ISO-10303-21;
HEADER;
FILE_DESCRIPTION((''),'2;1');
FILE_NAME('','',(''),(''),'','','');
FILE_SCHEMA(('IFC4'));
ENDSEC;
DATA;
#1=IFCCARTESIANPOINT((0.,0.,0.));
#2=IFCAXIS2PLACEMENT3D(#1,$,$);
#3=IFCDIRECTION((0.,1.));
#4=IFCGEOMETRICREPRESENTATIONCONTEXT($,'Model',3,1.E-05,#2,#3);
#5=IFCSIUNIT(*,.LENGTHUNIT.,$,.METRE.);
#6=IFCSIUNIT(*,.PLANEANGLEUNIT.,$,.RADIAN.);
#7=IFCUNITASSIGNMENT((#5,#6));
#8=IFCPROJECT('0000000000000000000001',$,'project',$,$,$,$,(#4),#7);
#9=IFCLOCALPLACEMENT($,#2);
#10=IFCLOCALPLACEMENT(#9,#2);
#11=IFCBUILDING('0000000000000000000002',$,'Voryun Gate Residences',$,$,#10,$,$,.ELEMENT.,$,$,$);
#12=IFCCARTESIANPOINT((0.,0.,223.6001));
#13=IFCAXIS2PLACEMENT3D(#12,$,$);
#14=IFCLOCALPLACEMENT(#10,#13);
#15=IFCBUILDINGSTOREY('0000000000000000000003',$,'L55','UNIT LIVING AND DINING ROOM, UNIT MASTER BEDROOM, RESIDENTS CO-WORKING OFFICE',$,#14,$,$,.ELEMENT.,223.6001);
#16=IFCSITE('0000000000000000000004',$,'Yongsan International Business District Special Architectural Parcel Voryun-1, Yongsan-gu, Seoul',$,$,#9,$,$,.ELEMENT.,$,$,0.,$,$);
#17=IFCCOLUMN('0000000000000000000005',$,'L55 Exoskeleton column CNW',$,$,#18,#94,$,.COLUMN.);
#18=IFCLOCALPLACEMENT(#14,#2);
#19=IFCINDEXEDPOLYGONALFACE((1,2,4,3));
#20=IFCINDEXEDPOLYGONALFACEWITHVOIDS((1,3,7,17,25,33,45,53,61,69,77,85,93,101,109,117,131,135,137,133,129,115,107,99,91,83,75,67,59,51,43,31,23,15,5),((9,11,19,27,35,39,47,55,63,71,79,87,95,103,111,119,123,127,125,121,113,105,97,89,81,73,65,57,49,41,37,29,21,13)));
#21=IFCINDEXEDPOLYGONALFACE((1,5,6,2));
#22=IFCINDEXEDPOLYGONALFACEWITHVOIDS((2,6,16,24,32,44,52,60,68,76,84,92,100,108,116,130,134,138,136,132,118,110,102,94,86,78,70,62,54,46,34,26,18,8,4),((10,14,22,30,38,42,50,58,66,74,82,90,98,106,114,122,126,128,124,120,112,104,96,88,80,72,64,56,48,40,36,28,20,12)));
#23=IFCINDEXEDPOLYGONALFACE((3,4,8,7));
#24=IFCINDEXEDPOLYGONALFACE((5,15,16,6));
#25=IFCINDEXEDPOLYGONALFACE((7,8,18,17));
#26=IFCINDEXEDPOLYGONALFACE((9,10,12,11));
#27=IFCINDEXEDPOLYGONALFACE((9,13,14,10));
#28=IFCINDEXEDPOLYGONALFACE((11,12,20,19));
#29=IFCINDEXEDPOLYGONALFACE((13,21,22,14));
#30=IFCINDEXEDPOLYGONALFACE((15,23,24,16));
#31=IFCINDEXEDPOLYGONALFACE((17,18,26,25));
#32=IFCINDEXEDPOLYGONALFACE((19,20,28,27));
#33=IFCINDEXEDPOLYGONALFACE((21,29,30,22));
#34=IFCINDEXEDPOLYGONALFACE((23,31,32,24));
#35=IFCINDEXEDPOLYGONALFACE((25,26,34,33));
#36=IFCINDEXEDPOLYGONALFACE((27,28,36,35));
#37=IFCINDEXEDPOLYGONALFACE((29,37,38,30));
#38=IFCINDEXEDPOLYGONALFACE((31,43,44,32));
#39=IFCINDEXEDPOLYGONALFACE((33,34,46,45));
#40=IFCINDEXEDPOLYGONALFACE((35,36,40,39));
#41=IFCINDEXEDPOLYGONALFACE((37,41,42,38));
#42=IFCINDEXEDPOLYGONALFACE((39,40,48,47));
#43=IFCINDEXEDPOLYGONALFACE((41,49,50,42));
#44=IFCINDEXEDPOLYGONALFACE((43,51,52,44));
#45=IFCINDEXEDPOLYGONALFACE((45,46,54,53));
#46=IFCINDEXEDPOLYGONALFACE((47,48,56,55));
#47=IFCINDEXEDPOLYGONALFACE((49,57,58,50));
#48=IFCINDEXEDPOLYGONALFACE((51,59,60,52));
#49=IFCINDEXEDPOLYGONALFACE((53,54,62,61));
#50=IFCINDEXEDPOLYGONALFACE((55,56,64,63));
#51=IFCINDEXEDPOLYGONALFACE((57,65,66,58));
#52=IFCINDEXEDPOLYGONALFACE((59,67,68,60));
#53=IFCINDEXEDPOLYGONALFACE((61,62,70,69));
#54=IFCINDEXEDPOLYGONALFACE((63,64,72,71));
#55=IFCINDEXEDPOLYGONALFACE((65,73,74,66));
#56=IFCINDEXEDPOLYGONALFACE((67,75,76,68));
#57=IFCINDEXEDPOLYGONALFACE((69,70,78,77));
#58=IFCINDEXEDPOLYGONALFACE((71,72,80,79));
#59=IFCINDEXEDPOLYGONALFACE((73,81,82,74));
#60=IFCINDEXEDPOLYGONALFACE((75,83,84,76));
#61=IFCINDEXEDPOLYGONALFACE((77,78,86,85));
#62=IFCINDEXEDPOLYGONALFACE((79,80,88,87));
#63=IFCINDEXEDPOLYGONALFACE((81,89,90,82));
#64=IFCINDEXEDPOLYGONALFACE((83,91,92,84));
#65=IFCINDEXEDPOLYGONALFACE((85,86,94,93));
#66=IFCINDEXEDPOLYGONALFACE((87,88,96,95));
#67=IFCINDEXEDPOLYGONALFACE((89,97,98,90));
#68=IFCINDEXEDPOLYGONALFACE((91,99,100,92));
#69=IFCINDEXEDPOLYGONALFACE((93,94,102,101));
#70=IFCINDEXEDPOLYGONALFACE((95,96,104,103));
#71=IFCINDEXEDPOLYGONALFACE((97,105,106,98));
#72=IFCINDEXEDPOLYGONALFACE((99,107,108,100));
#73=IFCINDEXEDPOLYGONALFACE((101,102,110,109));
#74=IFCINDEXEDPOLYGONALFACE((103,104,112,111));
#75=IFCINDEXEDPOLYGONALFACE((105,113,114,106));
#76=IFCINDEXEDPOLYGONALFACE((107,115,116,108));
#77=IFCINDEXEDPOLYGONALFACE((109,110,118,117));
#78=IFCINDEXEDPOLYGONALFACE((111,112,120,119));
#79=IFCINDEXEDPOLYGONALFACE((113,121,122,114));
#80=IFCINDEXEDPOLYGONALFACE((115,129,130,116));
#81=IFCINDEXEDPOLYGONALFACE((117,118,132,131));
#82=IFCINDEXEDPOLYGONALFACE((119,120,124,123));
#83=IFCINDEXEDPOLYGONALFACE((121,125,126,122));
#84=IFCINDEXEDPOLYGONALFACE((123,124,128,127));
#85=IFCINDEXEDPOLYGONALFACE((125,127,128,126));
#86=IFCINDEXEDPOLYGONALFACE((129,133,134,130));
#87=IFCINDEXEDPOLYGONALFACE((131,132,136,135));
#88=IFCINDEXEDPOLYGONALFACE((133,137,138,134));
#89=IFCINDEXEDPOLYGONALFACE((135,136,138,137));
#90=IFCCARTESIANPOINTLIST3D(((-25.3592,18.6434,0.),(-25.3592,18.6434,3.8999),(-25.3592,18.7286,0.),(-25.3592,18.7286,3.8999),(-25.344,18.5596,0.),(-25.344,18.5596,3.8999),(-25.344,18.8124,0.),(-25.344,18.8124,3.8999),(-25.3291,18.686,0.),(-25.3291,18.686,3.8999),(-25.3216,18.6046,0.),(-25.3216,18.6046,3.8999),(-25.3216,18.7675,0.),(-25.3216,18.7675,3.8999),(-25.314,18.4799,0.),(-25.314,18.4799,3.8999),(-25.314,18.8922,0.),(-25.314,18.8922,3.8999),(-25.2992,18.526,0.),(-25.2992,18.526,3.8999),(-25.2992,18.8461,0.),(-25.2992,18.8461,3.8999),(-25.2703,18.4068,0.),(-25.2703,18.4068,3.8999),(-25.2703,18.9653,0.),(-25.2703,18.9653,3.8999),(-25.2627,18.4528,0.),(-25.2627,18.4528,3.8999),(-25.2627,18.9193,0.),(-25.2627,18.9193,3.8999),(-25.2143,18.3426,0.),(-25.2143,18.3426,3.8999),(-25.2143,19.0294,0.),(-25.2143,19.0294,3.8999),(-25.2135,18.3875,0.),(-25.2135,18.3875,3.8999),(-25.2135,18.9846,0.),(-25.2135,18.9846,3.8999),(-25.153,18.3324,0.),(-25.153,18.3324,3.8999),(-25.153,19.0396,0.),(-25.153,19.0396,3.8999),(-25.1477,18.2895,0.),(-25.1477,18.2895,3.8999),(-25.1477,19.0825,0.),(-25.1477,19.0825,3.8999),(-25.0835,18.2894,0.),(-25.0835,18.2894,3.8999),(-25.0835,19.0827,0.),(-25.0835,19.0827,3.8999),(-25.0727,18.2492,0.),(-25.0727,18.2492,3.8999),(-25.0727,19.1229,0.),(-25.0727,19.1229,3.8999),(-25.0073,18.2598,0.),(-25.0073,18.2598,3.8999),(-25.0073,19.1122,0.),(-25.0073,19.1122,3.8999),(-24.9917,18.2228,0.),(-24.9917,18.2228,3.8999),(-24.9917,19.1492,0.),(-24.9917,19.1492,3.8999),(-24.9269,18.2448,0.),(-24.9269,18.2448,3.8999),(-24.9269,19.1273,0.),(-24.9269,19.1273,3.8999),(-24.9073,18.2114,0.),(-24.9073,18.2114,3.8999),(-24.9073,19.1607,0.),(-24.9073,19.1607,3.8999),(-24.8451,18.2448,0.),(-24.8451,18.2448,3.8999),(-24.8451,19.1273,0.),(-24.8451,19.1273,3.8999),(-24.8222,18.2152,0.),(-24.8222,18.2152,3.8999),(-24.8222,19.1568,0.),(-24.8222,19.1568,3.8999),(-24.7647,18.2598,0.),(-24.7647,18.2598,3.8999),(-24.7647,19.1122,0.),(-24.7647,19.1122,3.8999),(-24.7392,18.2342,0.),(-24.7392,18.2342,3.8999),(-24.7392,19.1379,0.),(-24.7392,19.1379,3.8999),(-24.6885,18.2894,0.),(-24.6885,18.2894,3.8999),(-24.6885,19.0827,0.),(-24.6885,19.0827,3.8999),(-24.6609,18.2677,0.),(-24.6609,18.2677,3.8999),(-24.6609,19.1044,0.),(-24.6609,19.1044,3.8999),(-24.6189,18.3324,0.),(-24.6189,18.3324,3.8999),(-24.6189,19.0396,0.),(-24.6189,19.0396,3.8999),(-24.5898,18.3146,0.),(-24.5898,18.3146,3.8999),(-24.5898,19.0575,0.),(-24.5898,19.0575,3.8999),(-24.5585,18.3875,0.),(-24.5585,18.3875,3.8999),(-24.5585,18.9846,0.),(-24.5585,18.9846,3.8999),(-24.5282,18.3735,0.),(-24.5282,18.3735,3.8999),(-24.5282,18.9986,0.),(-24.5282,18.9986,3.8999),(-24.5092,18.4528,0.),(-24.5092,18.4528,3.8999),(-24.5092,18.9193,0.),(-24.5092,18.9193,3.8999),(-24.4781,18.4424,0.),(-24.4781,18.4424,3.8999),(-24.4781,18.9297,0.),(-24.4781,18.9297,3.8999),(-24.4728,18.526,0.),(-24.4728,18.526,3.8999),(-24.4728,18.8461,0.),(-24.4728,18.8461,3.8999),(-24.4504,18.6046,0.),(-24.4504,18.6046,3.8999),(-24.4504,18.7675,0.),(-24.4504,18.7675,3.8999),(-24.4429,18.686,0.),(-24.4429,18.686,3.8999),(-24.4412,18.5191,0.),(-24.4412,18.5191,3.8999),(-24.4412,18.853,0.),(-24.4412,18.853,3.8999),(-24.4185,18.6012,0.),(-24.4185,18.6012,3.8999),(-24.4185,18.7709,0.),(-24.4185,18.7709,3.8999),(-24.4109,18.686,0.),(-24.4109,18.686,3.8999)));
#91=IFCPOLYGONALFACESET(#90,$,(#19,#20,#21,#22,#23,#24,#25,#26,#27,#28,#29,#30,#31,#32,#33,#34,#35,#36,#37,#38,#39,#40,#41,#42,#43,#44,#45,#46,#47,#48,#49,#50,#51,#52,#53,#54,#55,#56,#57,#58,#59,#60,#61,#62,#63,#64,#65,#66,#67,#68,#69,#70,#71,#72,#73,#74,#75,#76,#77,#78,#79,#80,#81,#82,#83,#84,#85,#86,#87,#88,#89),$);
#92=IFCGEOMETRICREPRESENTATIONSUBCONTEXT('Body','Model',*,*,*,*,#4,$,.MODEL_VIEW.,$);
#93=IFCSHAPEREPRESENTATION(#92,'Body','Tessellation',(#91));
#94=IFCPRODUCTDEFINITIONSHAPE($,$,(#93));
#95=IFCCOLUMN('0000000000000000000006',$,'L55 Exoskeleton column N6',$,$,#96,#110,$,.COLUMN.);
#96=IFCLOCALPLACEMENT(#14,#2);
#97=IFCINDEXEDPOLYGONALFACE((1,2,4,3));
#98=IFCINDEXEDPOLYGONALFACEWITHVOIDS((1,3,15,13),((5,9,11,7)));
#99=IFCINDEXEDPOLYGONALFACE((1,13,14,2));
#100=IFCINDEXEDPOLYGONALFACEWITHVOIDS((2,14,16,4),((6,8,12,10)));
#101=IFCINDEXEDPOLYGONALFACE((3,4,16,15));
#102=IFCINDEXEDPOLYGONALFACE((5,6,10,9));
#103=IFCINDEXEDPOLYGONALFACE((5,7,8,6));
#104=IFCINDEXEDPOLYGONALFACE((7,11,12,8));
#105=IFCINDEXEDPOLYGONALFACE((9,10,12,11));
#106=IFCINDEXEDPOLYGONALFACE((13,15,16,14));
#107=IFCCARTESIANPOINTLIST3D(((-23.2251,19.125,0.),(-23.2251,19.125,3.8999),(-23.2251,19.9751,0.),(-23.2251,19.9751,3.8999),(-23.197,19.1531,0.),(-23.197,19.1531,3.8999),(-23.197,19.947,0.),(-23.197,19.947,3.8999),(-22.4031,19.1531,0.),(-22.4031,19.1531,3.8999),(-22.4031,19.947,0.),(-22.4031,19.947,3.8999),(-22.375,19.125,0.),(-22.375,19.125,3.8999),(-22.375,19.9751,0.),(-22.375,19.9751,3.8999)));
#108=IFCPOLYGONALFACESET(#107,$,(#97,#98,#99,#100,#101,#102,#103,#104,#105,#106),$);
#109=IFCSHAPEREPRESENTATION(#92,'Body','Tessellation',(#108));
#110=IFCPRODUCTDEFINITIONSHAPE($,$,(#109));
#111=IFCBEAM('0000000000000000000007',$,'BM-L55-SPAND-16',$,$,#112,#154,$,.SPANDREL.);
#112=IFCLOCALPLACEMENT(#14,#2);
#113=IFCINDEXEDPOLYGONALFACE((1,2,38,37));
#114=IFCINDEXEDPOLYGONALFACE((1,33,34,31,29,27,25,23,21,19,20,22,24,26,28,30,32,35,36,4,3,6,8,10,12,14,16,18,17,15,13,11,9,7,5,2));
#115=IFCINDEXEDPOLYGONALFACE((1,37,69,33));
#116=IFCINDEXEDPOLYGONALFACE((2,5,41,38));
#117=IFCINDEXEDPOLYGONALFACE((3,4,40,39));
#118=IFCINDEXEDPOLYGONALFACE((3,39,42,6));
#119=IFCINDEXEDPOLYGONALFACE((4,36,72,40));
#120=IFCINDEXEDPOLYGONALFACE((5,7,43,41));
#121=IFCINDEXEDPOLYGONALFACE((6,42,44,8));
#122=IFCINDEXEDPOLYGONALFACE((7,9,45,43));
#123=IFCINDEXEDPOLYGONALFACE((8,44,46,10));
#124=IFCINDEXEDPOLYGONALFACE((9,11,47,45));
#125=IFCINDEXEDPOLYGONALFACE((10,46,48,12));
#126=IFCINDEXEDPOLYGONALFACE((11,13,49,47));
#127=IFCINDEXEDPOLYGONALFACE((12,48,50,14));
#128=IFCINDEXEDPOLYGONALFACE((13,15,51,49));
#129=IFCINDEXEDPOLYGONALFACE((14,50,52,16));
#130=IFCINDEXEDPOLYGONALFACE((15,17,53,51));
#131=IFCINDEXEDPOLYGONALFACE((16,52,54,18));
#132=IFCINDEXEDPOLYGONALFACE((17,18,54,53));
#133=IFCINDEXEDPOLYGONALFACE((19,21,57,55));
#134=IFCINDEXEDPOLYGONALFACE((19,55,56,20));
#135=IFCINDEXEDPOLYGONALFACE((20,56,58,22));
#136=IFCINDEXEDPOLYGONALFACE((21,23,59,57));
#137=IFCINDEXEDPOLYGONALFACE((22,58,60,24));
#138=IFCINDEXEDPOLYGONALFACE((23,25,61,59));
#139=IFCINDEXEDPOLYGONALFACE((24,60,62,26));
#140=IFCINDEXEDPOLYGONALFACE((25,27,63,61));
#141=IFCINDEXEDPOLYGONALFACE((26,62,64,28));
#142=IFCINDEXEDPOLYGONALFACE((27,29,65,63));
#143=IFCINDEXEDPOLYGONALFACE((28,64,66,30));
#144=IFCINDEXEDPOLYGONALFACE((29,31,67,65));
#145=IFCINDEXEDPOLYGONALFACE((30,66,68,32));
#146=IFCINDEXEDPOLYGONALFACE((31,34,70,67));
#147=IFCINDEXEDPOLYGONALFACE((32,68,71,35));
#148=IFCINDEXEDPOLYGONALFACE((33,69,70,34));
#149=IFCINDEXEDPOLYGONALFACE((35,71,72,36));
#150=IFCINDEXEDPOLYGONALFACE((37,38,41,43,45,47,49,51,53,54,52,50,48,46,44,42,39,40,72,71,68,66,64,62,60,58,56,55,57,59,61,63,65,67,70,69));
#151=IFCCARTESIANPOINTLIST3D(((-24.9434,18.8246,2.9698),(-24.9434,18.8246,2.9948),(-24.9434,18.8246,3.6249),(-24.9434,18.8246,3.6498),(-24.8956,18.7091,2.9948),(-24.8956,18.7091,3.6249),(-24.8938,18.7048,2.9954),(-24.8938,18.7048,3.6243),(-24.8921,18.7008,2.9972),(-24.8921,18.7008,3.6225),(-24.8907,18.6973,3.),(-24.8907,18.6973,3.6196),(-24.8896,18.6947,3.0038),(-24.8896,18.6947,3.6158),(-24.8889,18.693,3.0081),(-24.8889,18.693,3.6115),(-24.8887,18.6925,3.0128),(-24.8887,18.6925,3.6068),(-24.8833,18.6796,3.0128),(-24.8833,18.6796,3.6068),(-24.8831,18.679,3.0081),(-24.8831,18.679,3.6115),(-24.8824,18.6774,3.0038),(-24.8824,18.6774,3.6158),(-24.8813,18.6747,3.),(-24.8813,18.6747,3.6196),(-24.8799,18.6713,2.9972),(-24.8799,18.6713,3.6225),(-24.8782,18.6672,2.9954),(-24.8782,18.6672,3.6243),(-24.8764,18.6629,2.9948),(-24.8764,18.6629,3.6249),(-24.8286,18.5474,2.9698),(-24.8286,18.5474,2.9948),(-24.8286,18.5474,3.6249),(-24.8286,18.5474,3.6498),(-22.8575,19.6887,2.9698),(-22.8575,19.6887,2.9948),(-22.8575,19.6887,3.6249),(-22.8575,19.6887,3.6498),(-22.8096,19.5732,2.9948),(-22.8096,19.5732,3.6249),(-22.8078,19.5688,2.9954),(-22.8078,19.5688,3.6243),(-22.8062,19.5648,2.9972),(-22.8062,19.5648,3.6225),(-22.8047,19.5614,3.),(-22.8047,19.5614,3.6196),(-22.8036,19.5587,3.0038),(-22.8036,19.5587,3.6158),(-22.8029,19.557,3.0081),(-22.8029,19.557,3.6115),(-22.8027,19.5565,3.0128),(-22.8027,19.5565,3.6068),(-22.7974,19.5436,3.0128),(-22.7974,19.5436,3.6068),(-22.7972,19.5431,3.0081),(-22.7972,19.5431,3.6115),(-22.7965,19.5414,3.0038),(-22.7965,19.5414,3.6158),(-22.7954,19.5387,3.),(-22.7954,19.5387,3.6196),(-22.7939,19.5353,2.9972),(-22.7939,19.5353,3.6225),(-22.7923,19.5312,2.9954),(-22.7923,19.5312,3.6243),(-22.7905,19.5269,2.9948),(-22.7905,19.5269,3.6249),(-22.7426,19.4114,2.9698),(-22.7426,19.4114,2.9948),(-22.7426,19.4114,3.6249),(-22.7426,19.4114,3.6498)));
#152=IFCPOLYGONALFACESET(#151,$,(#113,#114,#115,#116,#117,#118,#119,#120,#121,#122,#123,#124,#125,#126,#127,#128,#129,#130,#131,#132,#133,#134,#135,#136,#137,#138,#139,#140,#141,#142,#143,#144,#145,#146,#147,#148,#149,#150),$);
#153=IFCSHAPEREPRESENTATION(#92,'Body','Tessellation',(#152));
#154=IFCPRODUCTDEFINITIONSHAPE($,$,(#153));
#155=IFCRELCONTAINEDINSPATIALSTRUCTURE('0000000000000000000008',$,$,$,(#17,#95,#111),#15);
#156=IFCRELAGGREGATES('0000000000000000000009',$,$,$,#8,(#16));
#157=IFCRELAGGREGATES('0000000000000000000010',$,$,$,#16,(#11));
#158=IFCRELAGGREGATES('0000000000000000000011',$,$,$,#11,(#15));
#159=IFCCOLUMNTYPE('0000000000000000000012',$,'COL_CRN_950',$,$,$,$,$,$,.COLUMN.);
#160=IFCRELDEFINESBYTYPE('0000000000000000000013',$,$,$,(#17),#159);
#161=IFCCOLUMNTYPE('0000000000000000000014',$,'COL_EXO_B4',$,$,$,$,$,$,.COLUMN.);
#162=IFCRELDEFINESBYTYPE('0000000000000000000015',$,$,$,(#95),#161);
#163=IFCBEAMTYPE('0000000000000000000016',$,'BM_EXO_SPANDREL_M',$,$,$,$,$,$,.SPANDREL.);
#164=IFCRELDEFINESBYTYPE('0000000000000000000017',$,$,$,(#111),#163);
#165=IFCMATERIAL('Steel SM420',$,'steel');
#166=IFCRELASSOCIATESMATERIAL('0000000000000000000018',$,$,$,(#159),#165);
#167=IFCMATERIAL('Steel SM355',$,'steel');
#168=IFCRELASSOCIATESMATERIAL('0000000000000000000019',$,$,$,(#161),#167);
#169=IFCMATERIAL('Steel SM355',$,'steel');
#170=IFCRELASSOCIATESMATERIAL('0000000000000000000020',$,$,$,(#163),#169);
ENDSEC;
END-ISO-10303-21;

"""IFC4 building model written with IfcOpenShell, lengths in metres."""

from ifc_helpers import new_model, si_unit, direction, frame, origin, origin_2d, place, context, subcontext, project, spatial, hollow_rectangle, hollow_circle, i_section, extrude, material, material_profile, profile_set, type_object, element, save


model = new_model("IFC4")

# Units and contexts
model_context = context("Model", 3, precision=1e-05, world=origin(), true_north=direction((0.0, 1.0)))
body_context = subcontext(model_context, "Body", "Model", "MODEL_VIEW")
ifc_project = project(units=[si_unit("LENGTHUNIT", "METRE"), si_unit("PLANEANGLEUNIT", "RADIAN")], contexts=[model_context])

# Site, building, storey
site_placement = place(None, origin())
site = spatial("IfcSite", under=ifc_project, at=site_placement, Name="Yongsan International Business District Special Architectural Parcel Voryun-1, Yongsan-gu, Seoul", CompositionType="ELEMENT", RefElevation=0.0)
building_placement = place(site_placement, origin())
building = spatial("IfcBuilding", under=site, at=building_placement, Name="Voryun Gate Residences", CompositionType="ELEMENT")
storey_placement = place(building_placement, frame((0.0, 0.0, 223.6001)))
storey = spatial("IfcBuildingStorey", under=building, at=storey_placement, Name="L55", Description="UNIT LIVING AND DINING ROOM, UNIT MASTER BEDROOM, RESIDENTS CO-WORKING OFFICE", CompositionType="ELEMENT", Elevation=223.6001)

# Columns
ifc_material_1 = material(Name="Steel SM420", Category="steel")
ifc_material_profile_1 = material_profile(ifc_material_1, hollow_circle(Radius=0.4751, WallThickness=0.032, at=origin_2d()), Name="CHS-950x32")
ifc_profile_set_1 = profile_set([ifc_material_profile_1], Name="Steel SM420")
column_type_1 = type_object("IfcColumnType", Name="COL_CRN_950", PredefinedType="COLUMN", material=ifc_profile_set_1)
column_1_placement = place(storey_placement, frame((-24.886, 18.686, 0.0), z_axis=(0.0, 0.0, 1.0), x_axis=(1.0, 0.0, 0.0)))
element("IfcColumn", 1, at=column_1_placement, inside=storey, type_object=column_type_1, Name="L55 Exoskeleton column CNW", PredefinedType="COLUMN", context=body_context, shape_type="SweptSolid", body=[
    extrude(hollow_circle(Radius=0.4751, WallThickness=0.032, at=origin_2d()), origin(), (0.0, 0.0, 1.0), 3.8999),
])
ifc_material_2 = material(Name="Steel SM355", Category="steel")
ifc_material_profile_2 = material_profile(ifc_material_2, hollow_rectangle(XDim=0.8501, YDim=0.8501, WallThickness=0.0281, at=origin_2d()), Name="BOX-850x850x28")
ifc_profile_set_2 = profile_set([ifc_material_profile_2], Name="Steel SM355")
column_type_2 = type_object("IfcColumnType", Name="COL_EXO_B4", PredefinedType="COLUMN", material=ifc_profile_set_2)
column_2_placement = place(storey_placement, frame((-22.8, 19.55, 0.0), z_axis=(0.0, 0.0, 1.0), x_axis=(1.0, 0.0, 0.0)))
element("IfcColumn", 2, at=column_2_placement, inside=storey, type_object=column_type_2, Name="L55 Exoskeleton column N6", PredefinedType="COLUMN", context=body_context, shape_type="SweptSolid", body=[
    extrude(hollow_rectangle(XDim=0.8501, YDim=0.8501, WallThickness=0.0281, at=origin_2d()), origin(), (0.0, 0.0, 1.0), 3.8999),
])

# Beam
ifc_material_3 = material(Name="Steel SM355", Category="steel")
ifc_material_profile_3 = material_profile(ifc_material_3, i_section(OverallWidth=0.3, OverallDepth=0.6799, WebThickness=0.0139, FlangeThickness=0.0249, FilletRadius=0.0181, at=origin_2d()), Name="H-680x300x14x25")
ifc_profile_set_3 = profile_set([ifc_material_profile_3], Name="Steel SM355")
beam_type = type_object("IfcBeamType", Name="BM_EXO_SPANDREL_M", PredefinedType="SPANDREL", material=ifc_profile_set_3)
beam_1_placement = place(storey_placement, frame((-22.8, 19.55, 3.3098), z_axis=(-0.923881, -0.38268, 0.0), x_axis=(0.38268, -0.923881, 0.0)))
element("IfcBeam", 3, at=beam_1_placement, inside=storey, type_object=beam_type, Name="BM-L55-SPAND-16", PredefinedType="SPANDREL", context=body_context, shape_type="SweptSolid", body=[
    extrude(i_section(OverallWidth=0.3, OverallDepth=0.6799, WebThickness=0.0139, FlangeThickness=0.0249, FilletRadius=0.0181, at=origin_2d()), origin(), (0.0, 0.0, 1.0), 2.2578),
])

save(model, "model.ifc")
